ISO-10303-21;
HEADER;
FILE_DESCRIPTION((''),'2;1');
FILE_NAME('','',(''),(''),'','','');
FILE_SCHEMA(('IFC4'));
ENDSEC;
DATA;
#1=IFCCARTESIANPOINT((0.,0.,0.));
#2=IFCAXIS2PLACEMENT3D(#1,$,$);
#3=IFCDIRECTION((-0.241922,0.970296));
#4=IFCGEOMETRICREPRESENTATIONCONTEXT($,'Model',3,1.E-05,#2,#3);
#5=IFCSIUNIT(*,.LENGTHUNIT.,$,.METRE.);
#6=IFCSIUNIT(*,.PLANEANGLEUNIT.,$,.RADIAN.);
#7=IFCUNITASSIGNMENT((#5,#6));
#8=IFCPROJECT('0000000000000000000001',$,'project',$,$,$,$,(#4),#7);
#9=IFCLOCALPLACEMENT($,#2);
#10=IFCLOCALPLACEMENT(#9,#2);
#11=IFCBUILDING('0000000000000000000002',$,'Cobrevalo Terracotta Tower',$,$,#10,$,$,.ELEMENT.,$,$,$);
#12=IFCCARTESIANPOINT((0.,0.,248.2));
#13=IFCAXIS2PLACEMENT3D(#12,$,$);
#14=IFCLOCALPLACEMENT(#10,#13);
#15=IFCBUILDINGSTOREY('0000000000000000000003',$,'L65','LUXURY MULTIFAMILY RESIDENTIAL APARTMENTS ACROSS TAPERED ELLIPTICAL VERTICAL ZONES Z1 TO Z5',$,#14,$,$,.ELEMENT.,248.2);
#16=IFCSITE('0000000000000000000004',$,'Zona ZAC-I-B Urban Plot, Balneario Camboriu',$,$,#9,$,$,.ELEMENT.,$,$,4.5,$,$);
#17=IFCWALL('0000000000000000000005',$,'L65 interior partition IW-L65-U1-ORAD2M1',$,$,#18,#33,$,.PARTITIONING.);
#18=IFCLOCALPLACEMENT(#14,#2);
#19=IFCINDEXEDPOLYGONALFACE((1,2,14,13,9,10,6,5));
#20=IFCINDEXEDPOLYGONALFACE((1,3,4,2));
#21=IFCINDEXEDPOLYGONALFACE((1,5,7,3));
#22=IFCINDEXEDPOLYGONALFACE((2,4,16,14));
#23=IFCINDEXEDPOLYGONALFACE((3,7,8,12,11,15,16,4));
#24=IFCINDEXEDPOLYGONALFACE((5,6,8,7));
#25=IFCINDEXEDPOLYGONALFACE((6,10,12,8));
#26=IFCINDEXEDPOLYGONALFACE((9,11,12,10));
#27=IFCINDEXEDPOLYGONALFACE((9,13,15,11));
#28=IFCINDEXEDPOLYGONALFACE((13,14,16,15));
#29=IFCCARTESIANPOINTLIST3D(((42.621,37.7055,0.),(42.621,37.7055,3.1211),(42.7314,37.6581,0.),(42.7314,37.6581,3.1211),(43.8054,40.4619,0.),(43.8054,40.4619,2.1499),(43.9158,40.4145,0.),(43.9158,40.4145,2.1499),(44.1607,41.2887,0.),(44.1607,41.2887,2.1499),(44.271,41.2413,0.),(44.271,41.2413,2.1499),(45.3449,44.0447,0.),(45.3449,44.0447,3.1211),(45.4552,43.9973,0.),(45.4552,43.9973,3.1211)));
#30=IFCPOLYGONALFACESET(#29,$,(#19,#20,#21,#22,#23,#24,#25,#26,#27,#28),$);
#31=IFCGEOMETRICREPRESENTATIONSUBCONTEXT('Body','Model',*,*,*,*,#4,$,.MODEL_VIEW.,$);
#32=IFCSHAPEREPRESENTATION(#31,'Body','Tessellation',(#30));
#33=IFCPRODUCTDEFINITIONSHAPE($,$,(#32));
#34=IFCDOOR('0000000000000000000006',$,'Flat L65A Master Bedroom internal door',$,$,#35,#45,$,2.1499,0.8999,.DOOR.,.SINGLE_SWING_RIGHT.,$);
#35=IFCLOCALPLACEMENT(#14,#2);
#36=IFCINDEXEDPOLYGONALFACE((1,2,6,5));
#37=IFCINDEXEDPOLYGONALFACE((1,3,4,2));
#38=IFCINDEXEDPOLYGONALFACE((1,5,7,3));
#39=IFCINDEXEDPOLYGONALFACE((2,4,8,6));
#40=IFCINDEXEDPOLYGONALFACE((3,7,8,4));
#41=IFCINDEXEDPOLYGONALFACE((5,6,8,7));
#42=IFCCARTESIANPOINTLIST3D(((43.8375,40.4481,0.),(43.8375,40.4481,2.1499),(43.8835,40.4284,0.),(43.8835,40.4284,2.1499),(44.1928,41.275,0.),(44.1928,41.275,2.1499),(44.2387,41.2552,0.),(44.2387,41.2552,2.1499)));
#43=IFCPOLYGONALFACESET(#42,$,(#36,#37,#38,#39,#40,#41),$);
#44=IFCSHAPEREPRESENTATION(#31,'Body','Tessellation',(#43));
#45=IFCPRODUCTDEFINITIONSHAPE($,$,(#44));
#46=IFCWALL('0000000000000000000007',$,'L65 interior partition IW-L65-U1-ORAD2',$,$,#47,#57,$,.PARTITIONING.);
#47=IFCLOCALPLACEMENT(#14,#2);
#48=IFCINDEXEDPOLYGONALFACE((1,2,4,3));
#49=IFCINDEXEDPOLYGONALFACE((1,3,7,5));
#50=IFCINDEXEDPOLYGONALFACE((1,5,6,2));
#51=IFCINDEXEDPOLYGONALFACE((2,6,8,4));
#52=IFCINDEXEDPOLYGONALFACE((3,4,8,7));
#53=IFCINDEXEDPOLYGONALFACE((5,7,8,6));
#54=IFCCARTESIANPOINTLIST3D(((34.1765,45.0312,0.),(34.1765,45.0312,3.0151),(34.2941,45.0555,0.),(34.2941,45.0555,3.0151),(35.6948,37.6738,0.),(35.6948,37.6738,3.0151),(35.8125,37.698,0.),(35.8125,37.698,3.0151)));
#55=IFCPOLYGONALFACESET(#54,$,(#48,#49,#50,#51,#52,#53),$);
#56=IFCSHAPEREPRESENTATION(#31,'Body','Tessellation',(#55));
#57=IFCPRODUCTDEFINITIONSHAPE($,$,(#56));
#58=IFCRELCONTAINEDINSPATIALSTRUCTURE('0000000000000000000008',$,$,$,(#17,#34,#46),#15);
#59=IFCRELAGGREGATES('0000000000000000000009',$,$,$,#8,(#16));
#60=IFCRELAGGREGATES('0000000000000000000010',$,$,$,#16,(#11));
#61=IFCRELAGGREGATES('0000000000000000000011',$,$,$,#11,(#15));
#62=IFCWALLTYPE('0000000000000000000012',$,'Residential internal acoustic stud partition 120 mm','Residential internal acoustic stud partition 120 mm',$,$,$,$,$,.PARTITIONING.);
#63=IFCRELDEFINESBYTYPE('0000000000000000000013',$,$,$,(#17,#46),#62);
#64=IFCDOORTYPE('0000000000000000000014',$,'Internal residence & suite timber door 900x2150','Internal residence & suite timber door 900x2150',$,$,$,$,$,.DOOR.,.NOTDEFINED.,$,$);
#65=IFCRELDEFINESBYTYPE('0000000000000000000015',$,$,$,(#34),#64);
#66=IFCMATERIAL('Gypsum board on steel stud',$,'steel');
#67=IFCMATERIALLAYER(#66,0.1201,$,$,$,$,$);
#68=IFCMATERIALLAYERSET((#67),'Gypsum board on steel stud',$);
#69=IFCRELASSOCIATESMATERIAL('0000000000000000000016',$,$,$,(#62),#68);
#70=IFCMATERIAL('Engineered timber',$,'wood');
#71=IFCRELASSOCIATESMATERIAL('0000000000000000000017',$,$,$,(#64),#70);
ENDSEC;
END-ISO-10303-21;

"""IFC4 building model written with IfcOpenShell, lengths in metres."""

from ifc_helpers import new_model, si_unit, direction, frame, frame_2d, origin, place, context, subcontext, project, spatial, rectangle, extrude, source, transform, mapped, material, layer, layer_set, type_object, element, fill, save


model = new_model("IFC4")

# Units and contexts
model_context = context("Model", 3, precision=1e-05, world=origin(), true_north=direction((-0.241922, 0.970296)))
body_context = subcontext(model_context, "Body", "Model", "MODEL_VIEW")
ifc_project = project(units=[si_unit("LENGTHUNIT", "METRE"), si_unit("PLANEANGLEUNIT", "RADIAN")], contexts=[model_context])

# Site, building, storey
site_placement = place(None, origin())
site = spatial("IfcSite", under=ifc_project, at=site_placement, Name="Zona ZAC-I-B Urban Plot, Balneario Camboriu", CompositionType="ELEMENT", RefElevation=4.5)
building_placement = place(site_placement, origin())
building = spatial("IfcBuilding", under=site, at=building_placement, Name="Cobrevalo Terracotta Tower", CompositionType="ELEMENT")
storey_placement = place(building_placement, frame((0.0, 0.0, 248.2)))
storey = spatial("IfcBuildingStorey", under=building, at=storey_placement, Name="L65", Description="LUXURY MULTIFAMILY RESIDENTIAL APARTMENTS ACROSS TAPERED ELLIPTICAL VERTICAL ZONES Z1 TO Z5", CompositionType="ELEMENT", Elevation=248.2)

# Wall, opening, door
ifc_material_1 = material(Name="Gypsum board on steel stud", Category="steel")
ifc_layer_1 = layer(ifc_material_1, 0.1201)
ifc_layer_set_1 = layer_set([ifc_layer_1], Name="Gypsum board on steel stud")
wall_type_1 = type_object("IfcWallType", Name="Residential internal acoustic stud partition 120 mm", Description="Residential internal acoustic stud partition 120 mm", PredefinedType="PARTITIONING", material=ifc_layer_set_1)
wall_1_placement = place(storey_placement, frame((42.6763, 37.6819, 0.0), z_axis=(0.0, 0.0, 1.0), x_axis=(0.394777, 0.918777, 0.0)))
wall_1 = element("IfcWall", 1, at=wall_1_placement, inside=storey, type_object=wall_type_1, Name="L65 interior partition IW-L65-U1-ORAD2M1", PredefinedType="PARTITIONING", context=body_context, shape_type="SweptSolid", body=[
    extrude(rectangle(XDim=6.8997, YDim=0.1201, at=frame_2d((3.4497, 0.0))), origin(), (0.0, 0.0, 1.0), 3.1211),
])
opening_1_placement = place(wall_1_placement, frame((3.0, 0.0, 0.0)))
opening_1 = element("IfcOpeningElement", 2, at=opening_1_placement, cuts=wall_1, PredefinedType="OPENING", context=body_context, shape_type="SweptSolid", body=[
    extrude(rectangle(XDim=0.8999, YDim=2.1499, at=frame_2d((0.45, 1.075))), frame((0.0, 0.0701, 0.0), z_axis=(0.0, -1.0, 0.0), x_axis=(1.0, 0.0, 0.0)), (0.0, 0.0, 1.0), 0.1401),
])
ifc_material_2 = material(Name="Engineered timber", Category="wood")
door_type_1 = type_object("IfcDoorType", Name="Internal residence & suite timber door 900x2150", Description="Internal residence & suite timber door 900x2150", OperationType="NOTDEFINED", PredefinedType="DOOR", material=ifc_material_2)
shared_shape_1 = source(origin(), body_context, "Body", "SweptSolid", [
    extrude(rectangle(XDim=0.8999, YDim=2.1499, at=frame_2d((0.45, 1.075))), frame((0.0, 0.0249, 0.0), z_axis=(0.0, -1.0, 0.0), x_axis=(1.0, 0.0, 0.0)), (0.0, 0.0, 1.0), 0.05),
])
door_1_placement = place(opening_1_placement, frame((0.8999, 0.0, 0.0), z_axis=(0.0, 0.0, 1.0), x_axis=(-1.0, 0.0, 0.0)))
door_1 = element("IfcDoor", 3, at=door_1_placement, inside=storey, type_object=door_type_1, Name="Flat L65A Master Bedroom internal door", OperationType="SINGLE_SWING_RIGHT", OverallHeight=2.1499, OverallWidth=0.8999, PredefinedType="DOOR", context=body_context, shape_type="MappedRepresentation", body=[
    mapped(shared_shape_1, transform((0.0, 0.0, 0.0), scale=1.0)),
])
fill(opening_1, door_1)

# Wall
wall_2_placement = place(storey_placement, frame((35.7537, 37.6858, 0.0), z_axis=(0.0, 0.0, 1.0), x_axis=(-0.202106, 0.979364, 0.0)))
element("IfcWall", 4, at=wall_2_placement, inside=storey, type_object=wall_type_1, Name="L65 interior partition IW-L65-U1-ORAD2", PredefinedType="PARTITIONING", context=body_context, shape_type="SweptSolid", body=[
    extrude(rectangle(XDim=7.5125, YDim=0.1201, at=frame_2d((3.7563, 0.0))), origin(), (0.0, 0.0, 1.0), 3.0151),
])

save(model, "model.ifc")
